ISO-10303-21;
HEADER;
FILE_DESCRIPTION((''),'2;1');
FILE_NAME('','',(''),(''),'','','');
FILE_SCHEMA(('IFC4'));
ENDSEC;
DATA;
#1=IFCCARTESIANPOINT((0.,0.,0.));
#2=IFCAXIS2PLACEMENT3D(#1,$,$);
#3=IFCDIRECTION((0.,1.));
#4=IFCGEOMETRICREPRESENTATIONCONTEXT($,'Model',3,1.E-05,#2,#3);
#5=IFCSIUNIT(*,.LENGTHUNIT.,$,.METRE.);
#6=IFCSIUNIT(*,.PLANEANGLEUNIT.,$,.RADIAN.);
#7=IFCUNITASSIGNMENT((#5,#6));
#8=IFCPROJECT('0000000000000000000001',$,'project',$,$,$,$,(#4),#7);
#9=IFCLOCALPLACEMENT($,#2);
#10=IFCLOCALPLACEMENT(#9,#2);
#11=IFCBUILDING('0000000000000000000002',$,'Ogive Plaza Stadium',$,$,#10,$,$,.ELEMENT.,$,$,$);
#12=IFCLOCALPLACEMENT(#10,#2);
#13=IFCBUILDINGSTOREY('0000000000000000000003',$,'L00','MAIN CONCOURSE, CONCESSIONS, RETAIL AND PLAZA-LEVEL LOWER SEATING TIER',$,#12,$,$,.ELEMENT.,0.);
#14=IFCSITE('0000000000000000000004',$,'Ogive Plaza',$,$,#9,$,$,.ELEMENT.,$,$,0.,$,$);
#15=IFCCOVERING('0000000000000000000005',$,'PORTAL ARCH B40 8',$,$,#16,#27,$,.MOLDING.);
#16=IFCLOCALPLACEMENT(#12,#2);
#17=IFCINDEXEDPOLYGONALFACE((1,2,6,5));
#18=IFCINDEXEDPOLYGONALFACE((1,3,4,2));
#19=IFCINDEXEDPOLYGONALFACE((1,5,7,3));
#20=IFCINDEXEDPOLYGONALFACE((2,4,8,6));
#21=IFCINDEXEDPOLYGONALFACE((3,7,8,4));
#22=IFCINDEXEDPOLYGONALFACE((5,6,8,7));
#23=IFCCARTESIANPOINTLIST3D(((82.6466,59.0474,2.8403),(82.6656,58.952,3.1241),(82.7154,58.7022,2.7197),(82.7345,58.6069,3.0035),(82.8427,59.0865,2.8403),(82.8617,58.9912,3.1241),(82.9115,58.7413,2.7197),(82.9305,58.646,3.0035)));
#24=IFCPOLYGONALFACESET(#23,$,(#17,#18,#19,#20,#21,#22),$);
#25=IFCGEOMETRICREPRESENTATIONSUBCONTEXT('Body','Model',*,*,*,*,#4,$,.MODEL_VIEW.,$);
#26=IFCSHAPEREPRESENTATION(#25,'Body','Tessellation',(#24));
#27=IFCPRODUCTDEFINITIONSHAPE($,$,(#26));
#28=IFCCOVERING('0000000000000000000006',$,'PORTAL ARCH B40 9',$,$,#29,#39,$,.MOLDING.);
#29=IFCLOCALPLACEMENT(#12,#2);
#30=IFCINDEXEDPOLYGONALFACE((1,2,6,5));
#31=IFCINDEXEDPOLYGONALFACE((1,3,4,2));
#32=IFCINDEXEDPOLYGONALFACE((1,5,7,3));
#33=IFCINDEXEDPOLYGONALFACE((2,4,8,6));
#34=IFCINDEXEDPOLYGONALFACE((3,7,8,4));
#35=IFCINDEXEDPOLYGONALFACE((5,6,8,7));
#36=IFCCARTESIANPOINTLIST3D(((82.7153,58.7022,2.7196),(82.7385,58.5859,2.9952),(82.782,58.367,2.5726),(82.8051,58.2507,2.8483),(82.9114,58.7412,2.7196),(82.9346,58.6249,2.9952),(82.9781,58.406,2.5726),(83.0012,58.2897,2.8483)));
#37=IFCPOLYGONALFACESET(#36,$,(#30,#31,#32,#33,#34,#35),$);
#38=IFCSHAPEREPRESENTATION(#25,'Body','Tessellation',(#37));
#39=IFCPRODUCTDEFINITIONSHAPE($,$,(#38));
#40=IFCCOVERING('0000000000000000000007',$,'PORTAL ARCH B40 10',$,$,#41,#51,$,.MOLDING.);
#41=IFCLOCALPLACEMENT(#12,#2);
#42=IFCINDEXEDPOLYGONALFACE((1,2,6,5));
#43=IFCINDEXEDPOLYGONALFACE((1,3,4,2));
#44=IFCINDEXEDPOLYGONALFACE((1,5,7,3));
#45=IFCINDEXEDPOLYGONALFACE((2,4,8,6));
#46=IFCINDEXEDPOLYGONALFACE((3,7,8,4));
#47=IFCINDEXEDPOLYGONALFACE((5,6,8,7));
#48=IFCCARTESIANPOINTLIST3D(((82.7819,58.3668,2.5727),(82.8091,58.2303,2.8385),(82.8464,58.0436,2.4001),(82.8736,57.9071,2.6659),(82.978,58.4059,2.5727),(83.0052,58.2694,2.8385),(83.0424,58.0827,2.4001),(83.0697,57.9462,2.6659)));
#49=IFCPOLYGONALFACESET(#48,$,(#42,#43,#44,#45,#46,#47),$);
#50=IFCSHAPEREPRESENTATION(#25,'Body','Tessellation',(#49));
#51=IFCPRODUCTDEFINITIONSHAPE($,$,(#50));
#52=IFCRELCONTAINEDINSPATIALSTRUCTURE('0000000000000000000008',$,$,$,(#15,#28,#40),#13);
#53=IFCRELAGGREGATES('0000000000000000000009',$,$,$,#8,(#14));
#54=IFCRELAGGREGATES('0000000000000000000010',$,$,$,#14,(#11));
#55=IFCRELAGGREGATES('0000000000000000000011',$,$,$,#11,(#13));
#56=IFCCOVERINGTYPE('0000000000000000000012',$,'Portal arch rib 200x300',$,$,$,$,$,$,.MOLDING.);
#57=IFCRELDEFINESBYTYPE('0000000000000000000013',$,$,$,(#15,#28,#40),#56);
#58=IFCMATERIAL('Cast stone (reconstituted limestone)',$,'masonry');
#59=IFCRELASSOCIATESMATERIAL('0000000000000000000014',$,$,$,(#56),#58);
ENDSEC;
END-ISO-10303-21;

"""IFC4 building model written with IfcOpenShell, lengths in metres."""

from ifc_helpers import new_model, si_unit, direction, frame, origin, origin_2d, place, context, subcontext, project, spatial, rectangle, extrude, material, material_profile, profile_set, type_object, element, save


model = new_model("IFC4")

# Units and contexts
model_context = context("Model", 3, precision=1e-05, world=origin(), true_north=direction((0.0, 1.0)))
body_context = subcontext(model_context, "Body", "Model", "MODEL_VIEW")
ifc_project = project(units=[si_unit("LENGTHUNIT", "METRE"), si_unit("PLANEANGLEUNIT", "RADIAN")], contexts=[model_context])

# Site, building, storey
site_placement = place(None, origin())
site = spatial("IfcSite", under=ifc_project, at=site_placement, Name="Ogive Plaza", CompositionType="ELEMENT", RefElevation=0.0)
building_placement = place(site_placement, origin())
building = spatial("IfcBuilding", under=site, at=building_placement, Name="Ogive Plaza Stadium", CompositionType="ELEMENT")
storey_placement = place(building_placement, origin())
storey = spatial("IfcBuildingStorey", under=building, at=storey_placement, Name="L00", Description="MAIN CONCOURSE, CONCESSIONS, RETAIL AND PLAZA-LEVEL LOWER SEATING TIER", CompositionType="ELEMENT", Elevation=0.0)

# Coverings
ifc_material_1 = material(Name="Cast stone (reconstituted limestone)", Category="masonry")
ifc_material_profile_1 = material_profile(ifc_material_1, rectangle(XDim=0.2, YDim=0.3, at=origin_2d()), Name="Cast stone 200x300")
ifc_profile_set_1 = profile_set([ifc_material_profile_1], Name="Cast stone (reconstituted limestone)")
covering_type_1 = type_object("IfcCoveringType", Name="Portal arch rib 200x300", PredefinedType="MOLDING", material=ifc_profile_set_1)
for number, where, z_axis, x_axis, name in (
    (1, (82.7542, 59.0193, 2.9822), (0.185024, -0.927746, -0.32412), (0.980687, 0.195583, 0.0), "PORTAL ARCH B40 8"),
    (2, (82.825, 58.6636, 2.8574), (0.179154, -0.901018, -0.395057), (0.9808, 0.195017, 0.0), "PORTAL ARCH B40 9"),
    (3, (82.8936, 58.3181, 2.7056), (0.17323, -0.868777, -0.463916), (0.980694, 0.195546, 0.0), "PORTAL ARCH B40 10"),
):
    element("IfcCovering", number, at=place(storey_placement, frame(where, z_axis=z_axis, x_axis=x_axis)), inside=storey, type_object=covering_type_1, Name=name, PredefinedType="MOLDING", context=body_context, shape_type="SweptSolid", body=[
        extrude(rectangle(XDim=0.2, YDim=0.3, at=origin_2d()), origin(), (0.0, 0.0, 1.0), 0.3721),
    ])

save(model, "model.ifc")
